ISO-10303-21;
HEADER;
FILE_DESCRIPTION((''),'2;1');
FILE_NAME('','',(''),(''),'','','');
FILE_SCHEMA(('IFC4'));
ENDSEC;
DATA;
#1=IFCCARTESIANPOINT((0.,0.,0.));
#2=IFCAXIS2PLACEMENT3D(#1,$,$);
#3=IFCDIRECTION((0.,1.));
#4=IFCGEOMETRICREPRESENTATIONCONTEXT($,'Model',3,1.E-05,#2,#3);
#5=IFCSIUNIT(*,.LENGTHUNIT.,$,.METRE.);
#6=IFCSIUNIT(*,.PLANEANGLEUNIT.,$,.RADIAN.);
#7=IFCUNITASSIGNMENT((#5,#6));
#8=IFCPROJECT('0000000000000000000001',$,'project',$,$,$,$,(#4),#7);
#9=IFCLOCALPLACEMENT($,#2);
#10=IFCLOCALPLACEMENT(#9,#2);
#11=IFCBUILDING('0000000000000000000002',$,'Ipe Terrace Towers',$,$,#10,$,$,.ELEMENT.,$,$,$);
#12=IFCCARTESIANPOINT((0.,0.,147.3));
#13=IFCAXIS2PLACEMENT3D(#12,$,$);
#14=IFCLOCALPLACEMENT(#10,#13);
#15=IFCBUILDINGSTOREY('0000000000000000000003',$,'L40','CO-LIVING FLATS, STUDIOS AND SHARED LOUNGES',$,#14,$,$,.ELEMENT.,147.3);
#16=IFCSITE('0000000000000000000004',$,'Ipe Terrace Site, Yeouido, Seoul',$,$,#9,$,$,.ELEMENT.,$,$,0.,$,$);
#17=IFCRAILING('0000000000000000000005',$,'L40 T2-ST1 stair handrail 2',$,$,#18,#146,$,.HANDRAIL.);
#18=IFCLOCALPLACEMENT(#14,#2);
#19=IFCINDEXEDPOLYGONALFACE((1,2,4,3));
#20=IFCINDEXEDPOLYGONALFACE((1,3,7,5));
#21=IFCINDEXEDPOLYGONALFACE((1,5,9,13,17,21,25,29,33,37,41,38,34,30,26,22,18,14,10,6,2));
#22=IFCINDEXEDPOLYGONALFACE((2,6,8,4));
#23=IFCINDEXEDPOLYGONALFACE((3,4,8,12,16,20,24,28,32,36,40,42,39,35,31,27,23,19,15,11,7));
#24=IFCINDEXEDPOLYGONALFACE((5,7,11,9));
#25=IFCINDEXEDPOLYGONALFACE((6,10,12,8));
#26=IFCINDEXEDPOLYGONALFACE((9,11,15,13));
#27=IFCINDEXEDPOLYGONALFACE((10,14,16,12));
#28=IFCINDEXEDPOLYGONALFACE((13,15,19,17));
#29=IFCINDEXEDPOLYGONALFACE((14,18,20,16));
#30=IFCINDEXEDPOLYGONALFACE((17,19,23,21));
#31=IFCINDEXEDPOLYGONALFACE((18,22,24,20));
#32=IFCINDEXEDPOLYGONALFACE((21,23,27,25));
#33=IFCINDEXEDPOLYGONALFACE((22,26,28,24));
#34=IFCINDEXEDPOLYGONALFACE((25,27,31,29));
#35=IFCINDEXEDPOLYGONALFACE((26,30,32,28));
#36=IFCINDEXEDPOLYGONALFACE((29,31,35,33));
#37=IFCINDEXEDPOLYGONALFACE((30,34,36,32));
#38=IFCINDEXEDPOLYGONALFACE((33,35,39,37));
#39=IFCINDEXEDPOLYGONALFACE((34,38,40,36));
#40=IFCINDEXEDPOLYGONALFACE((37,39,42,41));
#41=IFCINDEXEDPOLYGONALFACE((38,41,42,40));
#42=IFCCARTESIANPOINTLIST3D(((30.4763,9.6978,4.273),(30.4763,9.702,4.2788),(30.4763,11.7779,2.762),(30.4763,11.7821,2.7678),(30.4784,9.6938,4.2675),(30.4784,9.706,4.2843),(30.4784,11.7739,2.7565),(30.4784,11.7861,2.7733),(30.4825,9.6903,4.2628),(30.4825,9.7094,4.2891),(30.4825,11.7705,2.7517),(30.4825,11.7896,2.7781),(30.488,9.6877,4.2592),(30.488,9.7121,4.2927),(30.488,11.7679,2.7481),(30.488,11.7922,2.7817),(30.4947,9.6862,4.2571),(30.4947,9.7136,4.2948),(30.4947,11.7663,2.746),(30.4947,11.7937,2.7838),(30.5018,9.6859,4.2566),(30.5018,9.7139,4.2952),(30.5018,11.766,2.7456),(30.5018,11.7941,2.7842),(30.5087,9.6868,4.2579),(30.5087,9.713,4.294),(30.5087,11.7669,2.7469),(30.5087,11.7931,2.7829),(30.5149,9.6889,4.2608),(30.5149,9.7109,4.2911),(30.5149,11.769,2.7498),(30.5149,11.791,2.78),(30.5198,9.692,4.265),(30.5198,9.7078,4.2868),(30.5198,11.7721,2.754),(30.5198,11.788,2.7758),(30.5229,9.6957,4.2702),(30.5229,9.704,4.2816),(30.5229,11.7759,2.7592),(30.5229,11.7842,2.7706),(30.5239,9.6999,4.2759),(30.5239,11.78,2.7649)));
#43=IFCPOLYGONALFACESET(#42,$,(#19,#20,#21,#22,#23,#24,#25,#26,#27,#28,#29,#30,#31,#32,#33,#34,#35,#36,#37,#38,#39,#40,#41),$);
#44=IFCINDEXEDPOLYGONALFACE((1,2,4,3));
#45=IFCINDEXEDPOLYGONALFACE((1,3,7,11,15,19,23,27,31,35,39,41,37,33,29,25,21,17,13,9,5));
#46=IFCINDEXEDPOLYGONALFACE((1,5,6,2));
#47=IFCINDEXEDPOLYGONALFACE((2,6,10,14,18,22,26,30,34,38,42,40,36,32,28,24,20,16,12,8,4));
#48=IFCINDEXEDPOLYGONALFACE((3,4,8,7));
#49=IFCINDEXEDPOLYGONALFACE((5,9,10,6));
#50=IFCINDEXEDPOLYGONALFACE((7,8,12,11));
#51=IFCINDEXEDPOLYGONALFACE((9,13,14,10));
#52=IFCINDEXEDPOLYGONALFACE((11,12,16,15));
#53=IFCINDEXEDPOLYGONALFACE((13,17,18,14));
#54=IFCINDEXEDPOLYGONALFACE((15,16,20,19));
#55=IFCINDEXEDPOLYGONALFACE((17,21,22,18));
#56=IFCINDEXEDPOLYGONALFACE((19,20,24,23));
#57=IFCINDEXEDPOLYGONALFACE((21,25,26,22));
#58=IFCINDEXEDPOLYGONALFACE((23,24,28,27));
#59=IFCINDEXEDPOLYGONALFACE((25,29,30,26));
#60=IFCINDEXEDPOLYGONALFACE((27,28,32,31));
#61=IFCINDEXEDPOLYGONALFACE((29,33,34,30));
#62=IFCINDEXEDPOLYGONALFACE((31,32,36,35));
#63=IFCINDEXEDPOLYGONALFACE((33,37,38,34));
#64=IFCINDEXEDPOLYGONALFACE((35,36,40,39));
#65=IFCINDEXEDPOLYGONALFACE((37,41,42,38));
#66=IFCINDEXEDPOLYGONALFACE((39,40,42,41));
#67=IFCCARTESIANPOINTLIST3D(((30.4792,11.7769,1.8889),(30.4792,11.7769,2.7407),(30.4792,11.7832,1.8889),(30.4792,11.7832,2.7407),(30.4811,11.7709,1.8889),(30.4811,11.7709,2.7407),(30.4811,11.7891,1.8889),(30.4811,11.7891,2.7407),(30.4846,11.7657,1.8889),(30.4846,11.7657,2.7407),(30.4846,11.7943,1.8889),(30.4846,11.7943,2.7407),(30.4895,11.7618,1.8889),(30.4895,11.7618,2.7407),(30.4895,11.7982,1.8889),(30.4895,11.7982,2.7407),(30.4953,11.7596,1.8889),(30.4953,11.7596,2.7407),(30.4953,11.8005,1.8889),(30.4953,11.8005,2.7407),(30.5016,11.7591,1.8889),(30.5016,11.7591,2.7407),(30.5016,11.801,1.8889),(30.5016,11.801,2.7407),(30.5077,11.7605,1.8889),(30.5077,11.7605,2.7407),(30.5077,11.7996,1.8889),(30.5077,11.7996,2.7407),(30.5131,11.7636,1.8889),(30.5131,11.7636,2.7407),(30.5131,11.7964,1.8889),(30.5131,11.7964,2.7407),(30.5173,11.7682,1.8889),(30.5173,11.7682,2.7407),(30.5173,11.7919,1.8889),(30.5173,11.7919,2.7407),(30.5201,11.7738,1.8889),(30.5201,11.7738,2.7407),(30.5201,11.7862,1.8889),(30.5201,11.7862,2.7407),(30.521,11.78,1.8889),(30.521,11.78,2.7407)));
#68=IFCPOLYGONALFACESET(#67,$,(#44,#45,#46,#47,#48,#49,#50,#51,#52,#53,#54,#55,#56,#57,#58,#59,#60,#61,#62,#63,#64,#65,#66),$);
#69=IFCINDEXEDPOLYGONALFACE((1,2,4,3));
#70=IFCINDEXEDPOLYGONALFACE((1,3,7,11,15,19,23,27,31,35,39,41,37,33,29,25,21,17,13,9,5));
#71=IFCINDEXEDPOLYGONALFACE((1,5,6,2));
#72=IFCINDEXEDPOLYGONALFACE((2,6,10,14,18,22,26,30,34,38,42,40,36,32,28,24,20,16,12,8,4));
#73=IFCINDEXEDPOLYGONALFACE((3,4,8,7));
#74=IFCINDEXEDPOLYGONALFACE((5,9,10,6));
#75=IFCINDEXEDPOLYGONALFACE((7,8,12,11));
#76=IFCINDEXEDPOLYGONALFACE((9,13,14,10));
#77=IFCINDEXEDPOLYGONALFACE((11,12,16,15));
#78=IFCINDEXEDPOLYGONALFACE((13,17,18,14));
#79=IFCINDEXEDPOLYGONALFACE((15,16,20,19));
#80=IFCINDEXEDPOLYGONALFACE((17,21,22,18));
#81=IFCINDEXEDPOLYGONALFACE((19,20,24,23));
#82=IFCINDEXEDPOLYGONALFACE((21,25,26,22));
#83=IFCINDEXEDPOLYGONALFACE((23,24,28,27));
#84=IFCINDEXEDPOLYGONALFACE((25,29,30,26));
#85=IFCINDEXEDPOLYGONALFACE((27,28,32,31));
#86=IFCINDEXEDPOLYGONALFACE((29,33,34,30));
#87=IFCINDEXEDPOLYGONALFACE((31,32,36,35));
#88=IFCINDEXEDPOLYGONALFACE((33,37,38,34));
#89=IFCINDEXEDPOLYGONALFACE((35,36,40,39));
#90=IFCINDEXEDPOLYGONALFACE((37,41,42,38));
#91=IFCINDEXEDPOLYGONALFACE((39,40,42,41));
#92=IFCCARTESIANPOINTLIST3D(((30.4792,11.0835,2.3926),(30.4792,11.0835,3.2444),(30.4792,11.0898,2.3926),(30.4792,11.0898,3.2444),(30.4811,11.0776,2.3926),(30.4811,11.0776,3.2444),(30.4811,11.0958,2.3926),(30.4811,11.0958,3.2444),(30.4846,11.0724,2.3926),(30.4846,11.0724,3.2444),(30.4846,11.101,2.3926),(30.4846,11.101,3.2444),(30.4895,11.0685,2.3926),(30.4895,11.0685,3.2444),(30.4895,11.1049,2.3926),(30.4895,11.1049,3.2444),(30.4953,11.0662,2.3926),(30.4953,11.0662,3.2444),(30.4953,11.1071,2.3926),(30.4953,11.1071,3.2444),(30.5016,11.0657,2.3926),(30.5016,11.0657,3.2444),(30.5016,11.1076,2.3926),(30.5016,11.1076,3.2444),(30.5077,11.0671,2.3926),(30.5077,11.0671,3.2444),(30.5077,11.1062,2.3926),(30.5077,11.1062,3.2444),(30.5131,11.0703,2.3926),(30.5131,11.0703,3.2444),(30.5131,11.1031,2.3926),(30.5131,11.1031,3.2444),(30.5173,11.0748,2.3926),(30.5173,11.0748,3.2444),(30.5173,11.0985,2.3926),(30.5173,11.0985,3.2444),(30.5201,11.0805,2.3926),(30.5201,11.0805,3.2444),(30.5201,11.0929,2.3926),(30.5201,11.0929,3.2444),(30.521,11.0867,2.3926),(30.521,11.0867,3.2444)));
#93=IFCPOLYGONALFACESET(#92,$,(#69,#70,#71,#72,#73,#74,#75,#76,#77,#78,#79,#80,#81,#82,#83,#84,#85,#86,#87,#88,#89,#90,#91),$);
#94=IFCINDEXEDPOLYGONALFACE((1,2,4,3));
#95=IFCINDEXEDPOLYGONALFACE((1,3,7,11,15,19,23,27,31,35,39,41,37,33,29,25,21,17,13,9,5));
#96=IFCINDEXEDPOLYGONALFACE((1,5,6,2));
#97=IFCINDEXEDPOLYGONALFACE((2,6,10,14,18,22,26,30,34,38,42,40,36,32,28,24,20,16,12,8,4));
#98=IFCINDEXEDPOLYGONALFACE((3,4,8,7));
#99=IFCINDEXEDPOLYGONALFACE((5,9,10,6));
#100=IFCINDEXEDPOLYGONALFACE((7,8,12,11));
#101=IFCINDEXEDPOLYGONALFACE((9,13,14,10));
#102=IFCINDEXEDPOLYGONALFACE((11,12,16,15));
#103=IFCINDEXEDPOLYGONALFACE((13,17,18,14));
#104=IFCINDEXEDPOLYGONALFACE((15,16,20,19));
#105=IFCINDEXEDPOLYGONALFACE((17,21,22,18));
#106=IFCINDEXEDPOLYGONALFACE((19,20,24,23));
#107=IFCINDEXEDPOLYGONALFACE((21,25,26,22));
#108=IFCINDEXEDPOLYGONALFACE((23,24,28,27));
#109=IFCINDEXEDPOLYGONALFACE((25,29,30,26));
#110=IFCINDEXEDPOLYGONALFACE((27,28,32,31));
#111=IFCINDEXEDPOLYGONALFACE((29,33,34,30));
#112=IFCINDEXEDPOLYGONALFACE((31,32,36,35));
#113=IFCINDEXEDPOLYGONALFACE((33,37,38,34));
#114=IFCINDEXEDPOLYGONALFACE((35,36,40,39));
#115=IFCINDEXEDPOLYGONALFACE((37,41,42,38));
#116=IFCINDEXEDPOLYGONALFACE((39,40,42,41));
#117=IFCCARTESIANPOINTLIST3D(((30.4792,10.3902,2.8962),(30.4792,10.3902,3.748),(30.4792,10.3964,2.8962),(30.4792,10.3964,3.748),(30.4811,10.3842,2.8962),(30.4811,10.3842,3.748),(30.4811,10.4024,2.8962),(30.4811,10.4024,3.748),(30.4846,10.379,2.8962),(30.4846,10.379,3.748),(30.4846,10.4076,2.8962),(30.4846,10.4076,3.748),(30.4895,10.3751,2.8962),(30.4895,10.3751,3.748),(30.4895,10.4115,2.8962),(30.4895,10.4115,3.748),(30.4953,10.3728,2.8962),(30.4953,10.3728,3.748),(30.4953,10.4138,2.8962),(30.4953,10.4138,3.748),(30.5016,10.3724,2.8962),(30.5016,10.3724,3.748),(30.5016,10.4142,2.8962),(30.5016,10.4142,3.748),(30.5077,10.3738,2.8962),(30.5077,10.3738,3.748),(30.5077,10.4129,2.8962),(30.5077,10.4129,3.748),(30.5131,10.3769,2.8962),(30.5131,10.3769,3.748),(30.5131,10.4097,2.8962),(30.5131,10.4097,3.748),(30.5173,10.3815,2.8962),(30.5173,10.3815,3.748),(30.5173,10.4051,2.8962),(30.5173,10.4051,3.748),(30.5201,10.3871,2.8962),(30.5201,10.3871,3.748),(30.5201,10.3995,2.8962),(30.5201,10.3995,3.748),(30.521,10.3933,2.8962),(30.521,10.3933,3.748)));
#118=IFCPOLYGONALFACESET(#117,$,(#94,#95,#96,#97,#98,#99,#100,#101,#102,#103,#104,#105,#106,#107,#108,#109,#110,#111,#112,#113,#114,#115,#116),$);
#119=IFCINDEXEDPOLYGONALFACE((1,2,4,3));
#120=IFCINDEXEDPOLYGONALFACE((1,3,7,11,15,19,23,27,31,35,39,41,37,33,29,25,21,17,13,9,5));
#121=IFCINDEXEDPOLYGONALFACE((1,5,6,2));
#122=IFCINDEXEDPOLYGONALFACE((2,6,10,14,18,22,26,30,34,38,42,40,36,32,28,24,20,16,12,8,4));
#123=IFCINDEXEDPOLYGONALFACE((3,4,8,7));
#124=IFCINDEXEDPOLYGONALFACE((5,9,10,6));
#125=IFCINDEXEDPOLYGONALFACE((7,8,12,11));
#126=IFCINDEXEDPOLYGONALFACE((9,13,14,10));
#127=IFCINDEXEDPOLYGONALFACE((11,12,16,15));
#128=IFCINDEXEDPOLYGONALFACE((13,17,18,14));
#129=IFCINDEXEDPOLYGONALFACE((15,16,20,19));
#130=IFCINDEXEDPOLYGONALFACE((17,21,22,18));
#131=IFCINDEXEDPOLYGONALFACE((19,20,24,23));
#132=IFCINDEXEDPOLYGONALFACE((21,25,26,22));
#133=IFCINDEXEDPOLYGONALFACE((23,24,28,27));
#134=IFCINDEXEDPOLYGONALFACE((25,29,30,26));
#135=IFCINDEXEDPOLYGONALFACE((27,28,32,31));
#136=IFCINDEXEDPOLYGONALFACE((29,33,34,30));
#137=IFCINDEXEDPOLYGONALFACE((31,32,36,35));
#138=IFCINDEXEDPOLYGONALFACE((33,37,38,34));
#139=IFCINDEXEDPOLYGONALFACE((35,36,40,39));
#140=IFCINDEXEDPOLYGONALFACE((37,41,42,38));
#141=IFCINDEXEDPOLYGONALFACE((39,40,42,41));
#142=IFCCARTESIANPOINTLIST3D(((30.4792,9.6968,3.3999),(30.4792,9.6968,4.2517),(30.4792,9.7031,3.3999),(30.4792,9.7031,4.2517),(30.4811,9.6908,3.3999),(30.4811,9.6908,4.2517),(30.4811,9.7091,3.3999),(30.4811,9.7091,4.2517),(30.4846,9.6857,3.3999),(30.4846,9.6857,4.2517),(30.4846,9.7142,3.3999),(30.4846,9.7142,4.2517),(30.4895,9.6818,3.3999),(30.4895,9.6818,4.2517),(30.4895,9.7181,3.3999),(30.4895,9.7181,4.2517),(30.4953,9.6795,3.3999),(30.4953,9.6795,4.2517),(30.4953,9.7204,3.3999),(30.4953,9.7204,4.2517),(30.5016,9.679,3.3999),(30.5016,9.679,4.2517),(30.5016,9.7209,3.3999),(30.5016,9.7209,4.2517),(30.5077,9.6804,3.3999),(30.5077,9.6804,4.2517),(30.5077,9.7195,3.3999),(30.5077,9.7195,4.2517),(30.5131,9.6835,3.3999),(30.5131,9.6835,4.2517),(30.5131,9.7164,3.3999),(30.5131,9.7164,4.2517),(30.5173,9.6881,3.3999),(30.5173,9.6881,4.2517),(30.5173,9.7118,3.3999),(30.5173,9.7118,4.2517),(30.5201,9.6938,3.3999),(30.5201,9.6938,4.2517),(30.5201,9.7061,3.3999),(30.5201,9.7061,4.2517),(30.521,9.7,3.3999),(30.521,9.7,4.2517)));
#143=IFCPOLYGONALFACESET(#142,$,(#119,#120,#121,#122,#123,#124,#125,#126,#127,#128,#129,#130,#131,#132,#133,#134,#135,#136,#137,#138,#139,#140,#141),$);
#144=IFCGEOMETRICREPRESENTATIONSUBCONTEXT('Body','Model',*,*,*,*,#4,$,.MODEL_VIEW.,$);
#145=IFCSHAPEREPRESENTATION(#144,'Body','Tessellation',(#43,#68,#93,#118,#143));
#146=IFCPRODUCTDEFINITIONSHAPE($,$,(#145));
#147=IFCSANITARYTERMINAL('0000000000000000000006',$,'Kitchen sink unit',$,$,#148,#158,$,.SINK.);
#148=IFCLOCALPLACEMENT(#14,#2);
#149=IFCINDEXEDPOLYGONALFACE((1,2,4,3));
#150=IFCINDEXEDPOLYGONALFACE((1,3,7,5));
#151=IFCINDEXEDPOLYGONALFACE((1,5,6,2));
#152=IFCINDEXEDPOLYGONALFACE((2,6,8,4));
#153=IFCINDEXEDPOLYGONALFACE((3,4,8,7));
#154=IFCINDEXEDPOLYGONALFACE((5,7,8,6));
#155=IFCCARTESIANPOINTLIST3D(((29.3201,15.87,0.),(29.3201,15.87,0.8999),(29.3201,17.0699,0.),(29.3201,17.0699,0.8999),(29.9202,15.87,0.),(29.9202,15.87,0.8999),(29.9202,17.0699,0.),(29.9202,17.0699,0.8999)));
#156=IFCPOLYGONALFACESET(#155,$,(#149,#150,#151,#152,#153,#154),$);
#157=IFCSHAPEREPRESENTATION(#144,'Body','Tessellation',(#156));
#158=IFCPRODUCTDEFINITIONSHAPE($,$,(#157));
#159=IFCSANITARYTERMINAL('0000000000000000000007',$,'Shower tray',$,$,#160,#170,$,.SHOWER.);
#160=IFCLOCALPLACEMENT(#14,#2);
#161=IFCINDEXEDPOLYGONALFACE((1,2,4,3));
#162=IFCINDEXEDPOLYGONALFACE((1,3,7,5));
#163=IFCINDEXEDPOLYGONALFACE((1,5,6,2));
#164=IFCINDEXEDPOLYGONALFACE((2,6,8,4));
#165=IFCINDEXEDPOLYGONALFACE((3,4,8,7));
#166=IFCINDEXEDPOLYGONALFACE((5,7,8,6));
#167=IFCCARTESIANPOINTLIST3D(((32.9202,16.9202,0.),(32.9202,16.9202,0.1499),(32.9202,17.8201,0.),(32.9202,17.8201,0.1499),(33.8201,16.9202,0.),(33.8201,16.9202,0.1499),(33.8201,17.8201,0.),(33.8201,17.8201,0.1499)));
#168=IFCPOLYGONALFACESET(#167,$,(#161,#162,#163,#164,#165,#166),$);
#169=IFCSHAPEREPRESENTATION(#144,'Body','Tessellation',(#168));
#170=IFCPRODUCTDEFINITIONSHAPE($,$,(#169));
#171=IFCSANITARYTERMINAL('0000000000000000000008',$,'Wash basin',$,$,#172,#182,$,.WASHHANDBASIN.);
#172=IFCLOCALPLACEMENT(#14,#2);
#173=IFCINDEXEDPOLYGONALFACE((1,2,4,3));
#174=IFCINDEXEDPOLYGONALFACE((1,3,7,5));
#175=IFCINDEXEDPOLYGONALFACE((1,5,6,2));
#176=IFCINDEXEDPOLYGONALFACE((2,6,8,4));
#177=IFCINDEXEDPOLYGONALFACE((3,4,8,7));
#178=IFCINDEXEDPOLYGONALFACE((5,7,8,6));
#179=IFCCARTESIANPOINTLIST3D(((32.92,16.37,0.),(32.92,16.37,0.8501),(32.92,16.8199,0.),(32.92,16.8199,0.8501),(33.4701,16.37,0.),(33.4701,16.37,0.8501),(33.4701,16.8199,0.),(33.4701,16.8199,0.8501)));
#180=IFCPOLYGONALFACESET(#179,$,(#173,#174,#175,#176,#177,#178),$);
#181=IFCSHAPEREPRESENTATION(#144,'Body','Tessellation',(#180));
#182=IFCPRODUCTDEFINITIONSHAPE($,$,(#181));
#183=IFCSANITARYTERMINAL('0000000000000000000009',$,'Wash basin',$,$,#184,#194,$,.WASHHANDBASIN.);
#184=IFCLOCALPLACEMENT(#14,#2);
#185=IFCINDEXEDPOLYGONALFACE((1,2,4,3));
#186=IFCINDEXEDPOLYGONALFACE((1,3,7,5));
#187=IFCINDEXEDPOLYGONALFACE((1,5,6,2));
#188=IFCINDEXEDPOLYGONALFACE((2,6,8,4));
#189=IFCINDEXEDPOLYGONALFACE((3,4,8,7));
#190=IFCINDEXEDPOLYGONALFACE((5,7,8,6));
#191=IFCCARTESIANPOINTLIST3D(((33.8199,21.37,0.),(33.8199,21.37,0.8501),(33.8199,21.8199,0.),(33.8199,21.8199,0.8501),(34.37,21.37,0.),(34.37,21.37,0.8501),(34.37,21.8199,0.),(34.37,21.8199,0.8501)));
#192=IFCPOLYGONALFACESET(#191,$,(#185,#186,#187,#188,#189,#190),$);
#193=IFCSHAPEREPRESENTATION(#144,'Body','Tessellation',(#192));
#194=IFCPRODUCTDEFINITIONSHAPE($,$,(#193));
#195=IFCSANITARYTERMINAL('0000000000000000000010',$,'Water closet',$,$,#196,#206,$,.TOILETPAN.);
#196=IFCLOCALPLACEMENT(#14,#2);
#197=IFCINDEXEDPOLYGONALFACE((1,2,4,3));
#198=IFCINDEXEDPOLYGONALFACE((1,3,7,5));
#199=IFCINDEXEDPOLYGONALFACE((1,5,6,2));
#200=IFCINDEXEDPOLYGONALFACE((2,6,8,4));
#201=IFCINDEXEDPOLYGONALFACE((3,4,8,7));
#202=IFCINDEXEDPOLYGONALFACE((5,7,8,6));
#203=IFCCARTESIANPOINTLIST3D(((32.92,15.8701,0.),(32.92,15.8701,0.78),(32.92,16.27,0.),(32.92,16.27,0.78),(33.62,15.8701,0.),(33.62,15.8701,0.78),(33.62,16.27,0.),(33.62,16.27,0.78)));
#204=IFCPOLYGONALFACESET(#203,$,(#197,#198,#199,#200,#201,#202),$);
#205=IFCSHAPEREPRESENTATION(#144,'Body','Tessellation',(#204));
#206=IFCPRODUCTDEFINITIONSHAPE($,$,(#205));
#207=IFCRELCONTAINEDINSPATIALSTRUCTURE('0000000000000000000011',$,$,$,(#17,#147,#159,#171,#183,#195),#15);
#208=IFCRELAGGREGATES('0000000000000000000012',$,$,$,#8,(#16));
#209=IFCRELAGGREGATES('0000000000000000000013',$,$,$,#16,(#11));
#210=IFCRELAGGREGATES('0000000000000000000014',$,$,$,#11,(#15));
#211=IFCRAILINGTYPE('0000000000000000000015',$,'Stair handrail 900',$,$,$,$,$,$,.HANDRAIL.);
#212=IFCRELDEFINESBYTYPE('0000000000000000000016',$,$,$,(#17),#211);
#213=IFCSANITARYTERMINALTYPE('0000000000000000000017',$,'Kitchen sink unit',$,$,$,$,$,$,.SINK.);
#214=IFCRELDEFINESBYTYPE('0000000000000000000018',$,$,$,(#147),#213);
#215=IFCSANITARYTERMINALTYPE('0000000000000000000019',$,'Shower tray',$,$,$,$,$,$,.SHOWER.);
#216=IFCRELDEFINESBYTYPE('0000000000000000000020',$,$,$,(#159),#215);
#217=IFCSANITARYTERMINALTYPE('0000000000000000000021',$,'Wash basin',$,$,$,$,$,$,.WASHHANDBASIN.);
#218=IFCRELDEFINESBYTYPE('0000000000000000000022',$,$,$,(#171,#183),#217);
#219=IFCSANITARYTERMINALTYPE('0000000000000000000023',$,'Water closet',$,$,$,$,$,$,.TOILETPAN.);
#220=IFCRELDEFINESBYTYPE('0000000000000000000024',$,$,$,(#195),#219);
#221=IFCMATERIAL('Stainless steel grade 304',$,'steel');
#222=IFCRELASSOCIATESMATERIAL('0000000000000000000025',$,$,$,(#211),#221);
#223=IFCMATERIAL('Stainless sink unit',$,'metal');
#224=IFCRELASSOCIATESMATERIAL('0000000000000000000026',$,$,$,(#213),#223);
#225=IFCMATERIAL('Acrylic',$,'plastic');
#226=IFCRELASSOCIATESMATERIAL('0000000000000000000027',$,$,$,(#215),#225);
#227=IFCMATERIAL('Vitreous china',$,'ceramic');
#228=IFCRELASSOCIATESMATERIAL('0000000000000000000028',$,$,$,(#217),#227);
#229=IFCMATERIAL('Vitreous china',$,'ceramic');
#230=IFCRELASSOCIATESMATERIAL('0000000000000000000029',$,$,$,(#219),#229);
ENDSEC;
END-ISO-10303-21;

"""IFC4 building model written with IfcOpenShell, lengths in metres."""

from ifc_helpers import new_model, si_unit, direction, frame, origin, origin_2d, place, context, subcontext, project, spatial, rectangle, circle, extrude, material, type_object, element, save


model = new_model("IFC4")

# Units and contexts
model_context = context("Model", 3, precision=1e-05, world=origin(), true_north=direction((0.0, 1.0)))
body_context = subcontext(model_context, "Body", "Model", "MODEL_VIEW")
ifc_project = project(units=[si_unit("LENGTHUNIT", "METRE"), si_unit("PLANEANGLEUNIT", "RADIAN")], contexts=[model_context])

# Site, building, storey
site_placement = place(None, origin())
site = spatial("IfcSite", under=ifc_project, at=site_placement, Name="Ipe Terrace Site, Yeouido, Seoul", CompositionType="ELEMENT", RefElevation=0.0)
building_placement = place(site_placement, origin())
building = spatial("IfcBuilding", under=site, at=building_placement, Name="Ipe Terrace Towers", CompositionType="ELEMENT")
storey_placement = place(building_placement, frame((0.0, 0.0, 147.3)))
storey = spatial("IfcBuildingStorey", under=building, at=storey_placement, Name="L40", Description="CO-LIVING FLATS, STUDIOS AND SHARED LOUNGES", CompositionType="ELEMENT", Elevation=147.3)

# Railing
ifc_material_1 = material(Name="Stainless steel grade 304", Category="steel")
railing_type_1 = type_object("IfcRailingType", Name="Stair handrail 900", PredefinedType="HANDRAIL", material=ifc_material_1)
railing_1_placement = place(storey_placement, frame((30.5, 11.78, 1.8889)))
element("IfcRailing", 1, at=railing_1_placement, inside=storey, type_object=railing_type_1, Name="L40 T2-ST1 stair handrail 2", PredefinedType="HANDRAIL", context=body_context, shape_type="SweptSolid", body=[
    extrude(circle(Radius=0.0239, at=origin_2d()), frame((0.0, 0.0, 0.876), z_axis=(0.0, -0.809069, 0.587714), x_axis=(1.0, 0.0, 0.0)), (0.0, 0.0, 1.0), 2.571),
    extrude(circle(Radius=0.021, at=origin_2d()), origin(), (0.0, 0.0, 1.0), 0.8518),
    extrude(circle(Radius=0.021, at=origin_2d()), frame((0.0, -0.6934, 0.5037)), (0.0, 0.0, 1.0), 0.8518),
    extrude(circle(Radius=0.021, at=origin_2d()), frame((0.0, -1.3867, 1.0073)), (0.0, 0.0, 1.0), 0.8518),
    extrude(circle(Radius=0.021, at=origin_2d()), frame((0.0, -2.0801, 1.511)), (0.0, 0.0, 1.0), 0.8518),
])

# Sanitary terminals
ifc_material_2 = material(Name="Stainless sink unit", Category="metal")
sanitary_terminal_type_1 = type_object("IfcSanitaryTerminalType", Name="Kitchen sink unit", PredefinedType="SINK", material=ifc_material_2)
sanitary_terminal_1_placement = place(storey_placement, frame((29.6201, 16.47, 0.0), z_axis=(0.0, 0.0, 1.0), x_axis=(0.0, 1.0, 0.0)))
element("IfcSanitaryTerminal", 2, at=sanitary_terminal_1_placement, inside=storey, type_object=sanitary_terminal_type_1, Name="Kitchen sink unit", PredefinedType="SINK", context=body_context, shape_type="SweptSolid", body=[
    extrude(rectangle(XDim=1.2, YDim=0.6001, at=origin_2d()), origin(), (0.0, 0.0, 1.0), 0.8999),
])
ifc_material_3 = material(Name="Acrylic", Category="plastic")
sanitary_terminal_type_2 = type_object("IfcSanitaryTerminalType", Name="Shower tray", PredefinedType="SHOWER", material=ifc_material_3)
sanitary_terminal_2_placement = place(storey_placement, frame((33.3701, 17.3701, 0.0), z_axis=(0.0, 0.0, 1.0), x_axis=(1.0, 0.0, 0.0)))
element("IfcSanitaryTerminal", 3, at=sanitary_terminal_2_placement, inside=storey, type_object=sanitary_terminal_type_2, Name="Shower tray", PredefinedType="SHOWER", context=body_context, shape_type="SweptSolid", body=[
    extrude(rectangle(XDim=0.8999, YDim=0.8999, at=origin_2d()), origin(), (0.0, 0.0, 1.0), 0.1499),
])
ifc_material_4 = material(Name="Vitreous china", Category="ceramic")
sanitary_terminal_type_3 = type_object("IfcSanitaryTerminalType", Name="Wash basin", PredefinedType="WASHHANDBASIN", material=ifc_material_4)
for number, where, z_axis, x_axis, name in (
    (4, (33.1951, 16.595, 0.0), (0.0, 0.0, 1.0), (1.0, 0.0, 0.0), "Wash basin"),
    (5, (34.095, 21.595, 0.0), (0.0, 0.0, 1.0), (1.0, 0.0, 0.0), "Wash basin"),
):
    element("IfcSanitaryTerminal", number, at=place(storey_placement, frame(where, z_axis=z_axis, x_axis=x_axis)), inside=storey, type_object=sanitary_terminal_type_3, Name=name, PredefinedType="WASHHANDBASIN", context=body_context, shape_type="SweptSolid", body=[
        extrude(rectangle(XDim=0.55, YDim=0.45, at=origin_2d()), origin(), (0.0, 0.0, 1.0), 0.8501),
    ])
ifc_material_5 = material(Name="Vitreous china", Category="ceramic")
sanitary_terminal_type_4 = type_object("IfcSanitaryTerminalType", Name="Water closet", PredefinedType="TOILETPAN", material=ifc_material_5)
sanitary_terminal_3_placement = place(storey_placement, frame((33.27, 16.0701, 0.0), z_axis=(0.0, 0.0, 1.0), x_axis=(1.0, 0.0, 0.0)))
element("IfcSanitaryTerminal", 6, at=sanitary_terminal_3_placement, inside=storey, type_object=sanitary_terminal_type_4, Name="Water closet", PredefinedType="TOILETPAN", context=body_context, shape_type="SweptSolid", body=[
    extrude(rectangle(XDim=0.7, YDim=0.3999, at=origin_2d()), origin(), (0.0, 0.0, 1.0), 0.78),
])

save(model, "model.ifc")
